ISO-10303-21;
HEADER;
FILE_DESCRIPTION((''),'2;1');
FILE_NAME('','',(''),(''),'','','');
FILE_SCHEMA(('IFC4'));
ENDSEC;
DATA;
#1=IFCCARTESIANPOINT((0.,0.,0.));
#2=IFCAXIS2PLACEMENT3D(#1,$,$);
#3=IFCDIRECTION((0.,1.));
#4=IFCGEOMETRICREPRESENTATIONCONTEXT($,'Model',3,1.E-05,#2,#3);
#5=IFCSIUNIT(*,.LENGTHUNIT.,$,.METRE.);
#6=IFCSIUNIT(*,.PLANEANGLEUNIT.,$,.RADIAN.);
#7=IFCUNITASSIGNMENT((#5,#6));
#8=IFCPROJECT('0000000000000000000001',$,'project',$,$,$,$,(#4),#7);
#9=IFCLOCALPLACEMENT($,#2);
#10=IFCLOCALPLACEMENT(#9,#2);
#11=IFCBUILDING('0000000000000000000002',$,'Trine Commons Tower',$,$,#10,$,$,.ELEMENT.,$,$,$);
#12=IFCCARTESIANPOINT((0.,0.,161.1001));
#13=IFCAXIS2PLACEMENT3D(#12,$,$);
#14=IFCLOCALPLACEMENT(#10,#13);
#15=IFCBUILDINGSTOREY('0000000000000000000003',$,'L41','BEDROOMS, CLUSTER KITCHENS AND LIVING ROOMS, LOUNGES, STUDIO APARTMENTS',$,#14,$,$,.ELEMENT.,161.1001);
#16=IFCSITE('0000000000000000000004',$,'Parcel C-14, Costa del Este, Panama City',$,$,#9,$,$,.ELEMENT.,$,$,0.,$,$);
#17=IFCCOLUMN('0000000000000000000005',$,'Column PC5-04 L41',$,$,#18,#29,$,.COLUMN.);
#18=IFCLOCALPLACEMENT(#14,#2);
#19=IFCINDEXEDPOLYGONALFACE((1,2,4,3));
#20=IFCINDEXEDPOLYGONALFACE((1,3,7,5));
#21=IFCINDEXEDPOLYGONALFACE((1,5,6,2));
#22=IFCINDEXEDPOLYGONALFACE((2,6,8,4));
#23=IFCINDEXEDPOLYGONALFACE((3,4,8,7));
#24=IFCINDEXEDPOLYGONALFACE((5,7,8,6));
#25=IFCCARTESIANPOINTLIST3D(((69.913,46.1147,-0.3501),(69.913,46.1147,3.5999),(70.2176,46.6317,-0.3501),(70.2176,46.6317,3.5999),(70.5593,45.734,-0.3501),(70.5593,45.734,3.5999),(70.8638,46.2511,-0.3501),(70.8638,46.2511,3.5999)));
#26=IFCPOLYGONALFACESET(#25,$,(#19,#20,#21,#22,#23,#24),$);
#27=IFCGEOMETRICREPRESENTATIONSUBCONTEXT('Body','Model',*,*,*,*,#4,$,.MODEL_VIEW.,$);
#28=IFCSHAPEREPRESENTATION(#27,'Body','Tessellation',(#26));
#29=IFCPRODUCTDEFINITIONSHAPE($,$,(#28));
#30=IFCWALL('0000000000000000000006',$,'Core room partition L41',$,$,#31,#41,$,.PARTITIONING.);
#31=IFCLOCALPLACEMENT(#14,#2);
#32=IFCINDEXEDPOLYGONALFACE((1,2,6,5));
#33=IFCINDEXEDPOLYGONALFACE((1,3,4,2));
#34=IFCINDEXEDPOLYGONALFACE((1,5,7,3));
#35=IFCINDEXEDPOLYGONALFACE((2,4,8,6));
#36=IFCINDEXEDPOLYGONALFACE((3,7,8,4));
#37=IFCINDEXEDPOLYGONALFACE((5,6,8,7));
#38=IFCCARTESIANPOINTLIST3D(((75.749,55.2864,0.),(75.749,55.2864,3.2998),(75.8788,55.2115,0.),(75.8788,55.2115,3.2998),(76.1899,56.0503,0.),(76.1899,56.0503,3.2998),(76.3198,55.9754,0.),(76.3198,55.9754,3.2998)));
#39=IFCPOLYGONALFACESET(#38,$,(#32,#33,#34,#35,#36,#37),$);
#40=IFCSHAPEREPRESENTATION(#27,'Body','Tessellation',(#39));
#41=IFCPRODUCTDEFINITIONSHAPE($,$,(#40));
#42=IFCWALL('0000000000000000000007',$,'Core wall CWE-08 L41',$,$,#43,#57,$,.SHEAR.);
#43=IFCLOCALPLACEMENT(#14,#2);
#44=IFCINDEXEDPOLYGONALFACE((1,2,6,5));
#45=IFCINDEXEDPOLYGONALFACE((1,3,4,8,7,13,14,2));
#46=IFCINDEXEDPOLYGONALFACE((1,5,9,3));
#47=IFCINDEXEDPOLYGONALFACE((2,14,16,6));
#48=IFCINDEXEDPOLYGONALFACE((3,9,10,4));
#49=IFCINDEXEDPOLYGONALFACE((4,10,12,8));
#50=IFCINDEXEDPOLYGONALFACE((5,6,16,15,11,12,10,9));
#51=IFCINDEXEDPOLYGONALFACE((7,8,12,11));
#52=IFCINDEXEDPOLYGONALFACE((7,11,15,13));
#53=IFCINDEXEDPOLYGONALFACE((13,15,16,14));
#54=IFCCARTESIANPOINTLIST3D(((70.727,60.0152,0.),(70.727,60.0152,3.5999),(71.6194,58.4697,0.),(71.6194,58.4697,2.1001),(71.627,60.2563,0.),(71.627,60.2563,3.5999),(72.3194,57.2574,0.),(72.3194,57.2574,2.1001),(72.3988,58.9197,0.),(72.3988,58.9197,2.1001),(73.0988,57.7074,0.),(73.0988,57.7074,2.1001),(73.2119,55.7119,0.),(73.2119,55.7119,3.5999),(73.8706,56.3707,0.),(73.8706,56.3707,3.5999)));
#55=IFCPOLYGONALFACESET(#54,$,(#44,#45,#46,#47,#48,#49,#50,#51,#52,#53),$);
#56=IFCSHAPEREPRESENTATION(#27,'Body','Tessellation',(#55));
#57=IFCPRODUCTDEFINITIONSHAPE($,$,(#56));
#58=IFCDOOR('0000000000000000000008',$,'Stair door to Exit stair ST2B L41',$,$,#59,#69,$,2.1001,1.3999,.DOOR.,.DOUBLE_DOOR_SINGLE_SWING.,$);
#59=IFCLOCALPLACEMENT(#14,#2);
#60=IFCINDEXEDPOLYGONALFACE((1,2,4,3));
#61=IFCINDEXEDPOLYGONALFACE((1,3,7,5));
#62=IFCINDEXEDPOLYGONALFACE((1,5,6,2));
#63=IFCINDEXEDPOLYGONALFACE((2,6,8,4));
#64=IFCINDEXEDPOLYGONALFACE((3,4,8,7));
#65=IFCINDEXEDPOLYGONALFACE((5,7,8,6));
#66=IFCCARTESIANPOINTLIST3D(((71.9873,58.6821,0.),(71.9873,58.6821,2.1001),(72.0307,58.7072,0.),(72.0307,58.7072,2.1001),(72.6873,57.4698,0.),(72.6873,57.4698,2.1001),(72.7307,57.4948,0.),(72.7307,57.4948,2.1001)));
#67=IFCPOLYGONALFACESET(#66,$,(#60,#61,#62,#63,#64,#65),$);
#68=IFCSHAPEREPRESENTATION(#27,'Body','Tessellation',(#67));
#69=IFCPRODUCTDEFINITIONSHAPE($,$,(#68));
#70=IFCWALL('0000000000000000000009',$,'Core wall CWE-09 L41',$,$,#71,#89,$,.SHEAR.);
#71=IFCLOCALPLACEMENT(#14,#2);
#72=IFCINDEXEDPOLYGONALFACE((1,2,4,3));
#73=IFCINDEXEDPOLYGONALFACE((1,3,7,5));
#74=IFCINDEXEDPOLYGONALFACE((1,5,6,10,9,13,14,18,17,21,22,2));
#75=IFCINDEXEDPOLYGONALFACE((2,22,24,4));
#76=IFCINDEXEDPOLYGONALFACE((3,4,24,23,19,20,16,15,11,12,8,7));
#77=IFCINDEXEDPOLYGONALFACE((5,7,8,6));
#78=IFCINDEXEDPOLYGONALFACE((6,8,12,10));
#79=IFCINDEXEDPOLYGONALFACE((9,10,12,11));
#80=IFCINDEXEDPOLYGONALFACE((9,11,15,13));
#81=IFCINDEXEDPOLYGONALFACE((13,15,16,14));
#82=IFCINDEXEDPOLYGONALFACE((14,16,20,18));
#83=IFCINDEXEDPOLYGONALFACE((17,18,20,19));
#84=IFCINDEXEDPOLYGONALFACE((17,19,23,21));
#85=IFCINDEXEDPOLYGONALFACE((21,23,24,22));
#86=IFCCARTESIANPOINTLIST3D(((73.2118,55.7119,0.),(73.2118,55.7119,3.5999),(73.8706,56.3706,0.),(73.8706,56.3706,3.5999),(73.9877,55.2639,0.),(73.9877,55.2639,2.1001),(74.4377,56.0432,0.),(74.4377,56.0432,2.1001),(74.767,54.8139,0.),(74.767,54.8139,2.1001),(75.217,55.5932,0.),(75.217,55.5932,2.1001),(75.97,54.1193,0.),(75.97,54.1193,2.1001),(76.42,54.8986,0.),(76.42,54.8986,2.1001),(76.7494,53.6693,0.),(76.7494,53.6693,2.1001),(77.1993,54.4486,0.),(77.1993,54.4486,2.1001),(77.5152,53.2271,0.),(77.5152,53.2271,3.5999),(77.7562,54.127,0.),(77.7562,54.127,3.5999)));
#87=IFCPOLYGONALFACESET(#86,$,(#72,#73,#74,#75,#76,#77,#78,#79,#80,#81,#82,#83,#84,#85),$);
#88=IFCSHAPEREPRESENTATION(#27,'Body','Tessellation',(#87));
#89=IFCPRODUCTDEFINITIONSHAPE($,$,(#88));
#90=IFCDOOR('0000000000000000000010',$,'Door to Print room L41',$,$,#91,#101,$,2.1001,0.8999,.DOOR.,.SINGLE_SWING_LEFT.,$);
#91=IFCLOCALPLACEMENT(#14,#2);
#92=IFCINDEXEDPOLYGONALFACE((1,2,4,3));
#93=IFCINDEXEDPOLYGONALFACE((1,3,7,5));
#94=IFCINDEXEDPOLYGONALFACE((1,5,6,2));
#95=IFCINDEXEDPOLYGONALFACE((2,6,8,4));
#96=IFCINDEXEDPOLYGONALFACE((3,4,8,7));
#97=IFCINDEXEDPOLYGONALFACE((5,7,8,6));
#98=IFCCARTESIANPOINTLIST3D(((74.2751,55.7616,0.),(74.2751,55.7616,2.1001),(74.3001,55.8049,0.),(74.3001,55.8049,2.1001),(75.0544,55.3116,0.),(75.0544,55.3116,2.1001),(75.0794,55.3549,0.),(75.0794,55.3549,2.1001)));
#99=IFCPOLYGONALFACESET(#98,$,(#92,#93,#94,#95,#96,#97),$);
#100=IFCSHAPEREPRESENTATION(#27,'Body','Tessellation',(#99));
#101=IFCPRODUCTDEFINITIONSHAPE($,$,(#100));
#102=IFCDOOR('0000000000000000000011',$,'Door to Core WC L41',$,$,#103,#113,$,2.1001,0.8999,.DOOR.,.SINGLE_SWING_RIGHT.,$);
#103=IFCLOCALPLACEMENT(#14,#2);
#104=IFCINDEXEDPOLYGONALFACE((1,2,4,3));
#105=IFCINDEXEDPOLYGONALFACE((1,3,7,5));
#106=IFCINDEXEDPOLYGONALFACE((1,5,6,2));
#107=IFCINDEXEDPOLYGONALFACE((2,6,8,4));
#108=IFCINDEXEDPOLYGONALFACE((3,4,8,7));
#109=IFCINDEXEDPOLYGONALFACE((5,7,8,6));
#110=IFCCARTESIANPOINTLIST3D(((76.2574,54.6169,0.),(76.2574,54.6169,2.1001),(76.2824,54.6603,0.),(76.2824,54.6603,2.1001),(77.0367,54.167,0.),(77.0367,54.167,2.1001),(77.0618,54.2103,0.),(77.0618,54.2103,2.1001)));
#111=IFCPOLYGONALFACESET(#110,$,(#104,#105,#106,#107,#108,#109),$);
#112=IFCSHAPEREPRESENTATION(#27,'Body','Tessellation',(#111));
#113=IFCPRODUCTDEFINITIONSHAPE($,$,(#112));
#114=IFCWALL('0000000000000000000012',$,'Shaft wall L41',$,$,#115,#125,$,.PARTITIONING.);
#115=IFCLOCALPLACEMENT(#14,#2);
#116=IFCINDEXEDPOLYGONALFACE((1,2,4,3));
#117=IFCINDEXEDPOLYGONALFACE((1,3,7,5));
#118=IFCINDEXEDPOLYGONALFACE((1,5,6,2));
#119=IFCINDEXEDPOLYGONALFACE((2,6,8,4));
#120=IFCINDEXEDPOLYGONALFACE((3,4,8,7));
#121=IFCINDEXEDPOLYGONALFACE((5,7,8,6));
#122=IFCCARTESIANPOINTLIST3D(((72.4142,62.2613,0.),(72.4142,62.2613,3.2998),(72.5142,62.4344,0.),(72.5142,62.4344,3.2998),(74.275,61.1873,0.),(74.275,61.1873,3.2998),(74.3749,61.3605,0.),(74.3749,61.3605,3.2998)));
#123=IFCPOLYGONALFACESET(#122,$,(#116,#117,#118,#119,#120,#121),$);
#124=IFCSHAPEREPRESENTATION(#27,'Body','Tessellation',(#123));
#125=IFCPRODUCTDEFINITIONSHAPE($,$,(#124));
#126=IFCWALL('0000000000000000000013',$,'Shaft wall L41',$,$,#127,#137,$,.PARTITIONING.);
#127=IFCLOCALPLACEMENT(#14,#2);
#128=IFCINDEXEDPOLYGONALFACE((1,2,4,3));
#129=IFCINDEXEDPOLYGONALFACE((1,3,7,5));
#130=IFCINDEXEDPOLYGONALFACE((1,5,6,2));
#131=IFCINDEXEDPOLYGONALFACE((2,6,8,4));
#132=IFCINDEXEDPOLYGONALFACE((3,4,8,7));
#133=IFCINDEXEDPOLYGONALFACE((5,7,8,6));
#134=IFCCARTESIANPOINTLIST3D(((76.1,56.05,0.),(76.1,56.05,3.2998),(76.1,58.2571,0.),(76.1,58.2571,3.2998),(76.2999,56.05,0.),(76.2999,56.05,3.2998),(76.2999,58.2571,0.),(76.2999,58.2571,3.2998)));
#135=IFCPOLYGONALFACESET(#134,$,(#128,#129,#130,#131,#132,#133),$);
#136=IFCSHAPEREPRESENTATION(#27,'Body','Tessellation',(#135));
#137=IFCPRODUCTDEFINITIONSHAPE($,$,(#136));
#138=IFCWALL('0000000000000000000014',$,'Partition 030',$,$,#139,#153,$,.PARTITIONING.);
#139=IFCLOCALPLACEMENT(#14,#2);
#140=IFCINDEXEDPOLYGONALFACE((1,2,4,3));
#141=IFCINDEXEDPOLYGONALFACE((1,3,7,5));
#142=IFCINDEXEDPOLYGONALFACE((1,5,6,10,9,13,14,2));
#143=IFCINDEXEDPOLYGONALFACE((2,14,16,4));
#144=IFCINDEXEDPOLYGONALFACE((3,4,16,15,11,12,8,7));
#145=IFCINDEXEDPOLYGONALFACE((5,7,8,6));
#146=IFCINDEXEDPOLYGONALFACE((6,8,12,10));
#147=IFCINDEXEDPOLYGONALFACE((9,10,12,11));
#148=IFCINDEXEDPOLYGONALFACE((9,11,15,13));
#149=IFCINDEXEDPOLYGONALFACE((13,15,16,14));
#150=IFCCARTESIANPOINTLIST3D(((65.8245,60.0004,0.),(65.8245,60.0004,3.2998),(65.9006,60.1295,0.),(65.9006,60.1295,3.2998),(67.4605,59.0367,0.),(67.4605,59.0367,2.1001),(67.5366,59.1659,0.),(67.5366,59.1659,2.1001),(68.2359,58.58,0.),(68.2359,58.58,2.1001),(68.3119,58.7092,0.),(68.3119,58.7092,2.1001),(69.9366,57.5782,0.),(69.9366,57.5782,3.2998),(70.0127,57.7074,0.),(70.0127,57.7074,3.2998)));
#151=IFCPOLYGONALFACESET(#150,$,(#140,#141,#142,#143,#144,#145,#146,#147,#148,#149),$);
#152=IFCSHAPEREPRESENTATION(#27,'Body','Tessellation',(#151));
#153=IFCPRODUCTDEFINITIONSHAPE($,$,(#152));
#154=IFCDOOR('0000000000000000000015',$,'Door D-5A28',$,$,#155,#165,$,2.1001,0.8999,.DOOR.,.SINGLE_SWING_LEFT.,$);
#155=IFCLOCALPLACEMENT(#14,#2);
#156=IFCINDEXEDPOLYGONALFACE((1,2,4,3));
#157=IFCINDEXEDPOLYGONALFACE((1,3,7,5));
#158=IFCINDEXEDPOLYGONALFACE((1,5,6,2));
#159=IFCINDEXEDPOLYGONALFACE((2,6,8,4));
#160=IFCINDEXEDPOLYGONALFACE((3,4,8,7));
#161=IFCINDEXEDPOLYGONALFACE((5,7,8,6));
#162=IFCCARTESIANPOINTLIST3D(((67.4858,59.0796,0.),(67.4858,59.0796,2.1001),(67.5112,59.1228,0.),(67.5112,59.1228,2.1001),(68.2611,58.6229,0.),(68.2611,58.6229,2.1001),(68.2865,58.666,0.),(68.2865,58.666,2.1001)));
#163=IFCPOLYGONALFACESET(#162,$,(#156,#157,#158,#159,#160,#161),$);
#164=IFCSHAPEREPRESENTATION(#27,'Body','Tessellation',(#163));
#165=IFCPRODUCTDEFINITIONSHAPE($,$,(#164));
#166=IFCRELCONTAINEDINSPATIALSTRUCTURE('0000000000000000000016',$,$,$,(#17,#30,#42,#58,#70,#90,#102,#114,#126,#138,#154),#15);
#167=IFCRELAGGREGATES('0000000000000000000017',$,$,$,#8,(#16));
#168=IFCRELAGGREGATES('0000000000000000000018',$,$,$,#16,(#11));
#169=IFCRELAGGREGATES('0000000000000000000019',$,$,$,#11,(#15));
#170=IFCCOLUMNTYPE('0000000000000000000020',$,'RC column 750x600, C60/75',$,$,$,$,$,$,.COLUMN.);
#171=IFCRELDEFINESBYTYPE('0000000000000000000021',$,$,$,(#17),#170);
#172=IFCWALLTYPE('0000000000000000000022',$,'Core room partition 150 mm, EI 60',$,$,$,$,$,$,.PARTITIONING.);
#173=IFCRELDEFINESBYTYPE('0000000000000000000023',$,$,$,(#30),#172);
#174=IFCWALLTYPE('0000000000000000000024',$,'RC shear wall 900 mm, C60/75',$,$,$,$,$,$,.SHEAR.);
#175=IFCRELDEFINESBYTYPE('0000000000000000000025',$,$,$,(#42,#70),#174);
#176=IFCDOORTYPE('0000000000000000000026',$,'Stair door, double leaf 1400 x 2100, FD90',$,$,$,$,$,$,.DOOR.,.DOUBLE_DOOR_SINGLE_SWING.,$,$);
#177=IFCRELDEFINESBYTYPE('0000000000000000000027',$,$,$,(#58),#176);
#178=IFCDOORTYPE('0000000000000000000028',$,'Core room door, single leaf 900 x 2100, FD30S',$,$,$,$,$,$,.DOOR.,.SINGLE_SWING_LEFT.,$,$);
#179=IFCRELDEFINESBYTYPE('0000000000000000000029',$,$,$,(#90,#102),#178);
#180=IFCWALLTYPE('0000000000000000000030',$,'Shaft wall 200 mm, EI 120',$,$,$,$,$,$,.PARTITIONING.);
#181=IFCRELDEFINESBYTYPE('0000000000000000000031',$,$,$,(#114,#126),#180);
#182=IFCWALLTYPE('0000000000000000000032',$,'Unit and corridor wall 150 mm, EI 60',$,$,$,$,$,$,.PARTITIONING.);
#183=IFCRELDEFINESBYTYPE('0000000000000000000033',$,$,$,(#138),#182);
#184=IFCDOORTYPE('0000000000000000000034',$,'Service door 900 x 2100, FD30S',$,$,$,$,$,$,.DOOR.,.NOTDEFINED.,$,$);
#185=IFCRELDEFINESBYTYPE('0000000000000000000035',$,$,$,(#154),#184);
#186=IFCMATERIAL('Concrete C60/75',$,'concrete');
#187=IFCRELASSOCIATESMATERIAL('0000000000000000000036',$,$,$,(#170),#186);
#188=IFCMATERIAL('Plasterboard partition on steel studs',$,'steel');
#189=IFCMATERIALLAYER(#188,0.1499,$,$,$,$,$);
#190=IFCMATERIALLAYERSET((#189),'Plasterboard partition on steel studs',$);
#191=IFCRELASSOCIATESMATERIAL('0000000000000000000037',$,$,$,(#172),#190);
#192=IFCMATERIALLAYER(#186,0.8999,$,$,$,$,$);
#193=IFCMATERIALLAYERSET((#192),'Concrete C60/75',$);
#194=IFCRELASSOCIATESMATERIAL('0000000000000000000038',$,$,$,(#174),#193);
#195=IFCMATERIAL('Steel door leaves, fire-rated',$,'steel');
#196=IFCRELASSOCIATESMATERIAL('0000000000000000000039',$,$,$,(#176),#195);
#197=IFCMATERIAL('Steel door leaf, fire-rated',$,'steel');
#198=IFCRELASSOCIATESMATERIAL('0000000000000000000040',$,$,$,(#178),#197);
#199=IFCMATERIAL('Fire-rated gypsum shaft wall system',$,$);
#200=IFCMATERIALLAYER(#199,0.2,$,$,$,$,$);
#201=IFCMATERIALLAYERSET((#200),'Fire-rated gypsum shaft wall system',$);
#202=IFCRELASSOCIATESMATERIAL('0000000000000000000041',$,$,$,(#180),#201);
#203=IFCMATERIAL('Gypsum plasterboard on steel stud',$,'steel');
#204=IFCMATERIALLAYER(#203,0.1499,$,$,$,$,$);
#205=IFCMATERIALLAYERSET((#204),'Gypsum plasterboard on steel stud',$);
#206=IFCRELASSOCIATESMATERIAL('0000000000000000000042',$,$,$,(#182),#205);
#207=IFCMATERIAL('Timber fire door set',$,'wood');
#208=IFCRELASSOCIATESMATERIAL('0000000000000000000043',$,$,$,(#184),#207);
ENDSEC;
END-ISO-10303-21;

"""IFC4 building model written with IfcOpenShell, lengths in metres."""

from ifc_helpers import new_model, si_unit, direction, frame, frame_2d, origin, origin_2d, place, context, subcontext, project, spatial, polyline, rectangle, outline, extrude, material, layer, layer_set, material_profile, profile_set, type_object, element, fill, save


model = new_model("IFC4")

# Units and contexts
model_context = context("Model", 3, precision=1e-05, world=origin(), true_north=direction((0.0, 1.0)))
body_context = subcontext(model_context, "Body", "Model", "MODEL_VIEW")
ifc_project = project(units=[si_unit("LENGTHUNIT", "METRE"), si_unit("PLANEANGLEUNIT", "RADIAN")], contexts=[model_context])

# Site, building, storey
site_placement = place(None, origin())
site = spatial("IfcSite", under=ifc_project, at=site_placement, Name="Parcel C-14, Costa del Este, Panama City", CompositionType="ELEMENT", RefElevation=0.0)
building_placement = place(site_placement, origin())
building = spatial("IfcBuilding", under=site, at=building_placement, Name="Trine Commons Tower", CompositionType="ELEMENT")
storey_placement = place(building_placement, frame((0.0, 0.0, 161.1001)))
storey = spatial("IfcBuildingStorey", under=building, at=storey_placement, Name="L41", Description="BEDROOMS, CLUSTER KITCHENS AND LIVING ROOMS, LOUNGES, STUDIO APARTMENTS", CompositionType="ELEMENT", Elevation=161.1001)

# Column
ifc_material_1 = material(Name="Concrete C60/75", Category="concrete")
ifc_material_profile = material_profile(ifc_material_1, rectangle(XDim=0.75, YDim=0.6001, at=origin_2d()), Name="RC 750x600")
ifc_profile_set = profile_set([ifc_material_profile], Name="Concrete C60/75")
column_type = type_object("IfcColumnType", Name="RC column 750x600, C60/75", PredefinedType="COLUMN", material=ifc_profile_set)
column_placement = place(storey_placement, frame((70.3884, 46.1829, -0.3501), z_axis=(0.0, 0.0, 1.0), x_axis=(-0.861629, 0.507538, 0.0)))
element("IfcColumn", 1, at=column_placement, inside=storey, type_object=column_type, Name="Column PC5-04 L41", PredefinedType="COLUMN", context=body_context, shape_type="SweptSolid", body=[
    extrude(rectangle(XDim=0.75, YDim=0.6001, at=origin_2d()), origin(), (0.0, 0.0, 1.0), 3.95),
])

# Wall
ifc_material_2 = material(Name="Plasterboard partition on steel studs", Category="steel")
ifc_layer_1 = layer(ifc_material_2, 0.1499)
ifc_layer_set_1 = layer_set([ifc_layer_1], Name="Plasterboard partition on steel studs")
wall_type_1 = type_object("IfcWallType", Name="Core room partition 150 mm, EI 60", PredefinedType="PARTITIONING", material=ifc_layer_set_1)
wall_1_placement = place(storey_placement, frame((75.814, 55.249, 0.0), z_axis=(0.0, 0.0, 1.0), x_axis=(0.49989, 0.866089, 0.0)))
element("IfcWall", 2, at=wall_1_placement, inside=storey, type_object=wall_type_1, Name="Core room partition L41", PredefinedType="PARTITIONING", context=body_context, shape_type="SweptSolid", body=[
    extrude(rectangle(XDim=0.8821, YDim=0.1499, at=frame_2d((0.4409, 0.0))), origin(), (0.0, 0.0, 1.0), 3.2998),
])

# Wall, opening, door
ifc_layer_2 = layer(ifc_material_1, 0.8999)
ifc_layer_set_2 = layer_set([ifc_layer_2], Name="Concrete C60/75")
wall_type_2 = type_object("IfcWallType", Name="RC shear wall 900 mm, C60/75", PredefinedType="SHEAR", material=ifc_layer_set_2)
wall_2_placement = place(storey_placement, frame((71.1167, 60.2402, 0.0), z_axis=(0.0, 0.0, 1.0), x_axis=(0.500039, -0.866003, 0.0)))
wall_2 = element("IfcWall", 3, at=wall_2_placement, inside=storey, type_object=wall_type_2, Name="Core wall CWE-08 L41", PredefinedType="SHEAR", context=body_context, shape_type="SweptSolid", body=[
    extrude(outline(polyline([(0.0, -0.45), (4.9692, -0.45), (4.728, 0.45), (0.2412, 0.45), (0.0, -0.45)])), origin(), (0.0, 0.0, 1.0), 3.5999),
])
opening_1_placement = place(wall_2_placement, frame((1.7847, 0.0, 0.0)))
opening_1 = element("IfcOpeningElement", 4, at=opening_1_placement, cuts=wall_2, PredefinedType="OPENING", context=body_context, shape_type="SweptSolid", body=[
    extrude(rectangle(XDim=1.3999, YDim=2.1001, at=frame_2d((0.7, 1.05))), frame((0.0, 0.46, 0.0), z_axis=(0.0, -1.0, 0.0), x_axis=(1.0, 0.0, 0.0)), (0.0, 0.0, 1.0), 0.9199),
])
ifc_material_3 = material(Name="Steel door leaves, fire-rated", Category="steel")
door_type_1 = type_object("IfcDoorType", Name="Stair door, double leaf 1400 x 2100, FD90", OperationType="DOUBLE_DOOR_SINGLE_SWING", PredefinedType="DOOR", material=ifc_material_3)
door_1_placement = place(opening_1_placement, origin())
door_1 = element("IfcDoor", 5, at=door_1_placement, inside=storey, type_object=door_type_1, Name="Stair door to Exit stair ST2B L41", OperationType="DOUBLE_DOOR_SINGLE_SWING", OverallHeight=2.1001, OverallWidth=1.3999, PredefinedType="DOOR", context=body_context, shape_type="SweptSolid", body=[
    extrude(rectangle(XDim=1.3999, YDim=2.1001, at=frame_2d((0.7, 1.05))), frame((0.0, 0.0249, 0.0), z_axis=(0.0, -1.0, 0.0), x_axis=(1.0, 0.0, 0.0)), (0.0, 0.0, 1.0), 0.05),
])
fill(opening_1, door_1)

# Wall, openings, doors
wall_3_placement = place(storey_placement, frame((73.4368, 56.1016, 0.0), z_axis=(0.0, 0.0, 1.0), x_axis=(0.866003, -0.500039, 0.0)))
wall_3 = element("IfcWall", 6, at=wall_3_placement, inside=storey, type_object=wall_type_2, Name="Core wall CWE-09 L41", PredefinedType="SHEAR", context=body_context, shape_type="SweptSolid", body=[
    extrude(outline(polyline([(0.0, -0.45), (4.9692, -0.45), (4.728, 0.45), (0.2412, 0.45), (0.0, -0.45)])), origin(), (0.0, 0.0, 1.0), 3.5999),
])
opening_2_placement = place(wall_3_placement, frame((0.896, 0.0, 0.0)))
opening_2 = element("IfcOpeningElement", 7, at=opening_2_placement, cuts=wall_3, PredefinedType="OPENING", context=body_context, shape_type="SweptSolid", body=[
    extrude(rectangle(XDim=0.8999, YDim=2.1001, at=frame_2d((0.45, 1.05))), frame((0.0, 0.46, 0.0), z_axis=(0.0, -1.0, 0.0), x_axis=(1.0, 0.0, 0.0)), (0.0, 0.0, 1.0), 0.9199),
])
opening_3_placement = place(wall_3_placement, frame((3.1851, 0.0, 0.0)))
opening_3 = element("IfcOpeningElement", 8, at=opening_3_placement, cuts=wall_3, PredefinedType="OPENING", context=body_context, shape_type="SweptSolid", body=[
    extrude(rectangle(XDim=0.8999, YDim=2.1001, at=frame_2d((0.45, 1.05))), frame((0.0, 0.46, 0.0), z_axis=(0.0, -1.0, 0.0), x_axis=(1.0, 0.0, 0.0)), (0.0, 0.0, 1.0), 0.9199),
])
ifc_material_4 = material(Name="Steel door leaf, fire-rated", Category="steel")
door_type_2 = type_object("IfcDoorType", Name="Core room door, single leaf 900 x 2100, FD30S", OperationType="SINGLE_SWING_LEFT", PredefinedType="DOOR", material=ifc_material_4)
door_2_placement = place(opening_2_placement, origin())
door_2 = element("IfcDoor", 9, at=door_2_placement, inside=storey, type_object=door_type_2, Name="Door to Print room L41", OperationType="SINGLE_SWING_LEFT", OverallHeight=2.1001, OverallWidth=0.8999, PredefinedType="DOOR", context=body_context, shape_type="SweptSolid", body=[
    extrude(rectangle(XDim=0.8999, YDim=2.1001, at=frame_2d((0.45, 1.05))), frame((0.0, 0.1748, 0.0), z_axis=(0.0, -1.0, 0.0), x_axis=(1.0, 0.0, 0.0)), (0.0, 0.0, 1.0), 0.05),
])
fill(opening_2, door_2)
door_3_placement = place(opening_3_placement, origin())
door_3 = element("IfcDoor", 10, at=door_3_placement, inside=storey, type_object=door_type_2, Name="Door to Core WC L41", OperationType="SINGLE_SWING_RIGHT", OverallHeight=2.1001, OverallWidth=0.8999, PredefinedType="DOOR", context=body_context, shape_type="SweptSolid", body=[
    extrude(rectangle(XDim=0.8999, YDim=2.1001, at=frame_2d((0.45, 1.05))), frame((0.0, 0.1748, 0.0), z_axis=(0.0, -1.0, 0.0), x_axis=(1.0, 0.0, 0.0)), (0.0, 0.0, 1.0), 0.05),
])
fill(opening_3, door_3)

# Walls
ifc_material_5 = material(Name="Fire-rated gypsum shaft wall system")
ifc_layer_3 = layer(ifc_material_5, 0.2)
ifc_layer_set_3 = layer_set([ifc_layer_3], Name="Fire-rated gypsum shaft wall system")
wall_type_3 = type_object("IfcWallType", Name="Shaft wall 200 mm, EI 120", PredefinedType="PARTITIONING", material=ifc_layer_set_3)
wall_4_placement = place(storey_placement, frame((74.325, 61.2739, 0.0), z_axis=(0.0, 0.0, 1.0), x_axis=(-0.866102, 0.499867, 0.0)))
element("IfcWall", 11, at=wall_4_placement, inside=storey, type_object=wall_type_3, Name="Shaft wall L41", PredefinedType="PARTITIONING", context=body_context, shape_type="SweptSolid", body=[
    extrude(rectangle(XDim=2.1484, YDim=0.2, at=frame_2d((1.0742, 0.0))), origin(), (0.0, 0.0, 1.0), 3.2998),
])
wall_5_placement = place(storey_placement, frame((76.2, 58.2571, 0.0), z_axis=(0.0, 0.0, 1.0), x_axis=(0.0, -1.0, 0.0)))
element("IfcWall", 12, at=wall_5_placement, inside=storey, type_object=wall_type_3, Name="Shaft wall L41", PredefinedType="PARTITIONING", context=body_context, shape_type="SweptSolid", body=[
    extrude(rectangle(XDim=2.207, YDim=0.2, at=frame_2d((1.1035, 0.0))), origin(), (0.0, 0.0, 1.0), 3.2998),
])

# Wall, opening, door
ifc_material_6 = material(Name="Gypsum plasterboard on steel stud", Category="steel")
ifc_layer_4 = layer(ifc_material_6, 0.1499)
ifc_layer_set_4 = layer_set([ifc_layer_4], Name="Gypsum plasterboard on steel stud")
wall_type_4 = type_object("IfcWallType", Name="Unit and corridor wall 150 mm, EI 60", PredefinedType="PARTITIONING", material=ifc_layer_set_4)
wall_6_placement = place(storey_placement, frame((65.8625, 60.0649, 0.0), z_axis=(0.0, 0.0, 1.0), x_axis=(0.861636, -0.507528, 0.0)))
wall_6 = element("IfcWall", 13, at=wall_6_placement, inside=storey, type_object=wall_type_4, Name="Partition 030", PredefinedType="PARTITIONING", context=body_context, shape_type="SweptSolid", body=[
    extrude(rectangle(XDim=4.7725, YDim=0.1499, at=frame_2d((2.3862, 0.0))), origin(), (0.0, 0.0, 1.0), 3.2998),
])
opening_4_placement = place(wall_6_placement, frame((1.8987, 0.0, 0.0)))
opening_4 = element("IfcOpeningElement", 14, at=opening_4_placement, cuts=wall_6, PredefinedType="OPENING", context=body_context, shape_type="SweptSolid", body=[
    extrude(rectangle(XDim=0.8999, YDim=2.1001, at=frame_2d((0.45, 1.05))), frame((0.0, 0.085, 0.0), z_axis=(0.0, -1.0, 0.0), x_axis=(1.0, 0.0, 0.0)), (0.0, 0.0, 1.0), 0.1699),
])
ifc_material_7 = material(Name="Timber fire door set", Category="wood")
door_type_3 = type_object("IfcDoorType", Name="Service door 900 x 2100, FD30S", OperationType="NOTDEFINED", PredefinedType="DOOR", material=ifc_material_7)
door_4_placement = place(opening_4_placement, origin())
door_4 = element("IfcDoor", 15, at=door_4_placement, inside=storey, type_object=door_type_3, Name="Door D-5A28", OperationType="SINGLE_SWING_LEFT", OverallHeight=2.1001, OverallWidth=0.8999, PredefinedType="DOOR", context=body_context, shape_type="SweptSolid", body=[
    extrude(rectangle(XDim=0.8999, YDim=2.1001, at=frame_2d((0.45, 1.05))), frame((0.0, 0.0249, 0.0), z_axis=(0.0, -1.0, 0.0), x_axis=(1.0, 0.0, 0.0)), (0.0, 0.0, 1.0), 0.05),
])
fill(opening_4, door_4)

save(model, "model.ifc")
